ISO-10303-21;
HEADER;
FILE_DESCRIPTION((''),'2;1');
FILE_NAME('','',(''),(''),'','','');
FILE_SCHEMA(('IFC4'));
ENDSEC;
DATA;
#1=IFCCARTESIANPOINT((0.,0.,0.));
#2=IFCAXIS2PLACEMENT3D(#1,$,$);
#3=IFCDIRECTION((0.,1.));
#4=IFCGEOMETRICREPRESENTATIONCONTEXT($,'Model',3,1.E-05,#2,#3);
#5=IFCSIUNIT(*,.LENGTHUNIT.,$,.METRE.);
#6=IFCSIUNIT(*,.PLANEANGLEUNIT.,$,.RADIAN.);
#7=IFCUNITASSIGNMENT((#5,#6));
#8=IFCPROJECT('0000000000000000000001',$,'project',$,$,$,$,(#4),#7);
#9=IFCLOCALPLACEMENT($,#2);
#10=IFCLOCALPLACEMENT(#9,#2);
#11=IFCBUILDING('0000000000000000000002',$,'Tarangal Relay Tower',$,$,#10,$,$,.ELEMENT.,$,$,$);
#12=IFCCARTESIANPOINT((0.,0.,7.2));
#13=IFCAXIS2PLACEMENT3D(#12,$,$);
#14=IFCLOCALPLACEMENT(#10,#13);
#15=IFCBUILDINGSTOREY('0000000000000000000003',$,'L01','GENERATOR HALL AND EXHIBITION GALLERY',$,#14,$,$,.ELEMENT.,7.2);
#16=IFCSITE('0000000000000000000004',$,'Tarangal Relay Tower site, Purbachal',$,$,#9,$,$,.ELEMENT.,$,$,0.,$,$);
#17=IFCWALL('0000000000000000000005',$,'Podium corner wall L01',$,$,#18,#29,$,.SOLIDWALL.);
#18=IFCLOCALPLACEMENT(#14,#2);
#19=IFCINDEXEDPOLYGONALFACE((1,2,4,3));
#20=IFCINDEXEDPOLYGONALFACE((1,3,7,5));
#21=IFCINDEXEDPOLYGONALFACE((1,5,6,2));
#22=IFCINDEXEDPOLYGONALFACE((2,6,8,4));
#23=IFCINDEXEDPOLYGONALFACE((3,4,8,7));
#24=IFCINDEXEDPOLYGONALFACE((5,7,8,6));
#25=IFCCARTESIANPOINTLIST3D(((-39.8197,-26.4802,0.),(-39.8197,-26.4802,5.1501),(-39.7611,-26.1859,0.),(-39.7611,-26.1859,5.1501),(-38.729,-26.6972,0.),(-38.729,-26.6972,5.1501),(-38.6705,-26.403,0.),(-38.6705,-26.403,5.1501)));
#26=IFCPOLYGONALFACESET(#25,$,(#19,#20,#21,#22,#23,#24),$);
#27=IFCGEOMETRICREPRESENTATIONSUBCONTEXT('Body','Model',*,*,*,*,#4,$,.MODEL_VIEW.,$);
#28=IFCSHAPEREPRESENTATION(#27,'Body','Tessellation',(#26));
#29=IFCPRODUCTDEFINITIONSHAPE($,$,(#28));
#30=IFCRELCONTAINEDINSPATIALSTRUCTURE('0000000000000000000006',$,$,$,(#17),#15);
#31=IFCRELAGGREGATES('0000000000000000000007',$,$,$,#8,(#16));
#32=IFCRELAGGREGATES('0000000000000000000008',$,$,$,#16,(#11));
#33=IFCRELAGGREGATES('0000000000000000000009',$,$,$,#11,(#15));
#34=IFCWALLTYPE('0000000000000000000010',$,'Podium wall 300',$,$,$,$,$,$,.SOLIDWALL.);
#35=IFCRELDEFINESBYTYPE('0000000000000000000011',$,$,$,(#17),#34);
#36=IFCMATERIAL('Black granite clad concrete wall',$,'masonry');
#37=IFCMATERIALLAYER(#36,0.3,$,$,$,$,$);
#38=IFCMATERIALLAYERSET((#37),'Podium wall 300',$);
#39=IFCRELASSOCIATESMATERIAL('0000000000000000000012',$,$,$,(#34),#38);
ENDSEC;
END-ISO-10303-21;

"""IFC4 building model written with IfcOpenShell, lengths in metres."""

from ifc_helpers import new_model, si_unit, direction, frame, frame_2d, origin, place, context, subcontext, project, spatial, rectangle, extrude, material, layer, layer_set, type_object, element, save


model = new_model("IFC4")

# Units and contexts
model_context = context("Model", 3, precision=1e-05, world=origin(), true_north=direction((0.0, 1.0)))
body_context = subcontext(model_context, "Body", "Model", "MODEL_VIEW")
ifc_project = project(units=[si_unit("LENGTHUNIT", "METRE"), si_unit("PLANEANGLEUNIT", "RADIAN")], contexts=[model_context])

# Site, building, storey
site_placement = place(None, origin())
site = spatial("IfcSite", under=ifc_project, at=site_placement, Name="Tarangal Relay Tower site, Purbachal", CompositionType="ELEMENT", RefElevation=0.0)
building_placement = place(site_placement, origin())
building = spatial("IfcBuilding", under=site, at=building_placement, Name="Tarangal Relay Tower", CompositionType="ELEMENT")
storey_placement = place(building_placement, frame((0.0, 0.0, 7.2)))
storey = spatial("IfcBuildingStorey", under=building, at=storey_placement, Name="L01", Description="GENERATOR HALL AND EXHIBITION GALLERY", CompositionType="ELEMENT", Elevation=7.2)

# Wall
ifc_material_1 = material(Name="Black granite clad concrete wall", Category="masonry")
ifc_layer_1 = layer(ifc_material_1, 0.3)
ifc_layer_set_1 = layer_set([ifc_layer_1], Name="Podium wall 300")
wall_type = type_object("IfcWallType", Name="Podium wall 300", PredefinedType="SOLIDWALL", material=ifc_layer_set_1)
for number, where, z_axis, x_axis, name in (
    (1, (-39.7905, -26.333, 0.0), (0.0, 0.0, 1.0), (0.980766, -0.195187, 0.0), "Podium corner wall L01"),
):
    element("IfcWall", number, at=place(storey_placement, frame(where, z_axis=z_axis, x_axis=x_axis)), inside=storey, type_object=wall_type, Name=name, PredefinedType="SOLIDWALL", context=body_context, shape_type="SweptSolid", body=[
        extrude(rectangle(XDim=1.1121, YDim=0.3, at=frame_2d((0.5562, 0.0))), origin(), (0.0, 0.0, 1.0), 5.1501),
    ])

save(model, "model.ifc")
